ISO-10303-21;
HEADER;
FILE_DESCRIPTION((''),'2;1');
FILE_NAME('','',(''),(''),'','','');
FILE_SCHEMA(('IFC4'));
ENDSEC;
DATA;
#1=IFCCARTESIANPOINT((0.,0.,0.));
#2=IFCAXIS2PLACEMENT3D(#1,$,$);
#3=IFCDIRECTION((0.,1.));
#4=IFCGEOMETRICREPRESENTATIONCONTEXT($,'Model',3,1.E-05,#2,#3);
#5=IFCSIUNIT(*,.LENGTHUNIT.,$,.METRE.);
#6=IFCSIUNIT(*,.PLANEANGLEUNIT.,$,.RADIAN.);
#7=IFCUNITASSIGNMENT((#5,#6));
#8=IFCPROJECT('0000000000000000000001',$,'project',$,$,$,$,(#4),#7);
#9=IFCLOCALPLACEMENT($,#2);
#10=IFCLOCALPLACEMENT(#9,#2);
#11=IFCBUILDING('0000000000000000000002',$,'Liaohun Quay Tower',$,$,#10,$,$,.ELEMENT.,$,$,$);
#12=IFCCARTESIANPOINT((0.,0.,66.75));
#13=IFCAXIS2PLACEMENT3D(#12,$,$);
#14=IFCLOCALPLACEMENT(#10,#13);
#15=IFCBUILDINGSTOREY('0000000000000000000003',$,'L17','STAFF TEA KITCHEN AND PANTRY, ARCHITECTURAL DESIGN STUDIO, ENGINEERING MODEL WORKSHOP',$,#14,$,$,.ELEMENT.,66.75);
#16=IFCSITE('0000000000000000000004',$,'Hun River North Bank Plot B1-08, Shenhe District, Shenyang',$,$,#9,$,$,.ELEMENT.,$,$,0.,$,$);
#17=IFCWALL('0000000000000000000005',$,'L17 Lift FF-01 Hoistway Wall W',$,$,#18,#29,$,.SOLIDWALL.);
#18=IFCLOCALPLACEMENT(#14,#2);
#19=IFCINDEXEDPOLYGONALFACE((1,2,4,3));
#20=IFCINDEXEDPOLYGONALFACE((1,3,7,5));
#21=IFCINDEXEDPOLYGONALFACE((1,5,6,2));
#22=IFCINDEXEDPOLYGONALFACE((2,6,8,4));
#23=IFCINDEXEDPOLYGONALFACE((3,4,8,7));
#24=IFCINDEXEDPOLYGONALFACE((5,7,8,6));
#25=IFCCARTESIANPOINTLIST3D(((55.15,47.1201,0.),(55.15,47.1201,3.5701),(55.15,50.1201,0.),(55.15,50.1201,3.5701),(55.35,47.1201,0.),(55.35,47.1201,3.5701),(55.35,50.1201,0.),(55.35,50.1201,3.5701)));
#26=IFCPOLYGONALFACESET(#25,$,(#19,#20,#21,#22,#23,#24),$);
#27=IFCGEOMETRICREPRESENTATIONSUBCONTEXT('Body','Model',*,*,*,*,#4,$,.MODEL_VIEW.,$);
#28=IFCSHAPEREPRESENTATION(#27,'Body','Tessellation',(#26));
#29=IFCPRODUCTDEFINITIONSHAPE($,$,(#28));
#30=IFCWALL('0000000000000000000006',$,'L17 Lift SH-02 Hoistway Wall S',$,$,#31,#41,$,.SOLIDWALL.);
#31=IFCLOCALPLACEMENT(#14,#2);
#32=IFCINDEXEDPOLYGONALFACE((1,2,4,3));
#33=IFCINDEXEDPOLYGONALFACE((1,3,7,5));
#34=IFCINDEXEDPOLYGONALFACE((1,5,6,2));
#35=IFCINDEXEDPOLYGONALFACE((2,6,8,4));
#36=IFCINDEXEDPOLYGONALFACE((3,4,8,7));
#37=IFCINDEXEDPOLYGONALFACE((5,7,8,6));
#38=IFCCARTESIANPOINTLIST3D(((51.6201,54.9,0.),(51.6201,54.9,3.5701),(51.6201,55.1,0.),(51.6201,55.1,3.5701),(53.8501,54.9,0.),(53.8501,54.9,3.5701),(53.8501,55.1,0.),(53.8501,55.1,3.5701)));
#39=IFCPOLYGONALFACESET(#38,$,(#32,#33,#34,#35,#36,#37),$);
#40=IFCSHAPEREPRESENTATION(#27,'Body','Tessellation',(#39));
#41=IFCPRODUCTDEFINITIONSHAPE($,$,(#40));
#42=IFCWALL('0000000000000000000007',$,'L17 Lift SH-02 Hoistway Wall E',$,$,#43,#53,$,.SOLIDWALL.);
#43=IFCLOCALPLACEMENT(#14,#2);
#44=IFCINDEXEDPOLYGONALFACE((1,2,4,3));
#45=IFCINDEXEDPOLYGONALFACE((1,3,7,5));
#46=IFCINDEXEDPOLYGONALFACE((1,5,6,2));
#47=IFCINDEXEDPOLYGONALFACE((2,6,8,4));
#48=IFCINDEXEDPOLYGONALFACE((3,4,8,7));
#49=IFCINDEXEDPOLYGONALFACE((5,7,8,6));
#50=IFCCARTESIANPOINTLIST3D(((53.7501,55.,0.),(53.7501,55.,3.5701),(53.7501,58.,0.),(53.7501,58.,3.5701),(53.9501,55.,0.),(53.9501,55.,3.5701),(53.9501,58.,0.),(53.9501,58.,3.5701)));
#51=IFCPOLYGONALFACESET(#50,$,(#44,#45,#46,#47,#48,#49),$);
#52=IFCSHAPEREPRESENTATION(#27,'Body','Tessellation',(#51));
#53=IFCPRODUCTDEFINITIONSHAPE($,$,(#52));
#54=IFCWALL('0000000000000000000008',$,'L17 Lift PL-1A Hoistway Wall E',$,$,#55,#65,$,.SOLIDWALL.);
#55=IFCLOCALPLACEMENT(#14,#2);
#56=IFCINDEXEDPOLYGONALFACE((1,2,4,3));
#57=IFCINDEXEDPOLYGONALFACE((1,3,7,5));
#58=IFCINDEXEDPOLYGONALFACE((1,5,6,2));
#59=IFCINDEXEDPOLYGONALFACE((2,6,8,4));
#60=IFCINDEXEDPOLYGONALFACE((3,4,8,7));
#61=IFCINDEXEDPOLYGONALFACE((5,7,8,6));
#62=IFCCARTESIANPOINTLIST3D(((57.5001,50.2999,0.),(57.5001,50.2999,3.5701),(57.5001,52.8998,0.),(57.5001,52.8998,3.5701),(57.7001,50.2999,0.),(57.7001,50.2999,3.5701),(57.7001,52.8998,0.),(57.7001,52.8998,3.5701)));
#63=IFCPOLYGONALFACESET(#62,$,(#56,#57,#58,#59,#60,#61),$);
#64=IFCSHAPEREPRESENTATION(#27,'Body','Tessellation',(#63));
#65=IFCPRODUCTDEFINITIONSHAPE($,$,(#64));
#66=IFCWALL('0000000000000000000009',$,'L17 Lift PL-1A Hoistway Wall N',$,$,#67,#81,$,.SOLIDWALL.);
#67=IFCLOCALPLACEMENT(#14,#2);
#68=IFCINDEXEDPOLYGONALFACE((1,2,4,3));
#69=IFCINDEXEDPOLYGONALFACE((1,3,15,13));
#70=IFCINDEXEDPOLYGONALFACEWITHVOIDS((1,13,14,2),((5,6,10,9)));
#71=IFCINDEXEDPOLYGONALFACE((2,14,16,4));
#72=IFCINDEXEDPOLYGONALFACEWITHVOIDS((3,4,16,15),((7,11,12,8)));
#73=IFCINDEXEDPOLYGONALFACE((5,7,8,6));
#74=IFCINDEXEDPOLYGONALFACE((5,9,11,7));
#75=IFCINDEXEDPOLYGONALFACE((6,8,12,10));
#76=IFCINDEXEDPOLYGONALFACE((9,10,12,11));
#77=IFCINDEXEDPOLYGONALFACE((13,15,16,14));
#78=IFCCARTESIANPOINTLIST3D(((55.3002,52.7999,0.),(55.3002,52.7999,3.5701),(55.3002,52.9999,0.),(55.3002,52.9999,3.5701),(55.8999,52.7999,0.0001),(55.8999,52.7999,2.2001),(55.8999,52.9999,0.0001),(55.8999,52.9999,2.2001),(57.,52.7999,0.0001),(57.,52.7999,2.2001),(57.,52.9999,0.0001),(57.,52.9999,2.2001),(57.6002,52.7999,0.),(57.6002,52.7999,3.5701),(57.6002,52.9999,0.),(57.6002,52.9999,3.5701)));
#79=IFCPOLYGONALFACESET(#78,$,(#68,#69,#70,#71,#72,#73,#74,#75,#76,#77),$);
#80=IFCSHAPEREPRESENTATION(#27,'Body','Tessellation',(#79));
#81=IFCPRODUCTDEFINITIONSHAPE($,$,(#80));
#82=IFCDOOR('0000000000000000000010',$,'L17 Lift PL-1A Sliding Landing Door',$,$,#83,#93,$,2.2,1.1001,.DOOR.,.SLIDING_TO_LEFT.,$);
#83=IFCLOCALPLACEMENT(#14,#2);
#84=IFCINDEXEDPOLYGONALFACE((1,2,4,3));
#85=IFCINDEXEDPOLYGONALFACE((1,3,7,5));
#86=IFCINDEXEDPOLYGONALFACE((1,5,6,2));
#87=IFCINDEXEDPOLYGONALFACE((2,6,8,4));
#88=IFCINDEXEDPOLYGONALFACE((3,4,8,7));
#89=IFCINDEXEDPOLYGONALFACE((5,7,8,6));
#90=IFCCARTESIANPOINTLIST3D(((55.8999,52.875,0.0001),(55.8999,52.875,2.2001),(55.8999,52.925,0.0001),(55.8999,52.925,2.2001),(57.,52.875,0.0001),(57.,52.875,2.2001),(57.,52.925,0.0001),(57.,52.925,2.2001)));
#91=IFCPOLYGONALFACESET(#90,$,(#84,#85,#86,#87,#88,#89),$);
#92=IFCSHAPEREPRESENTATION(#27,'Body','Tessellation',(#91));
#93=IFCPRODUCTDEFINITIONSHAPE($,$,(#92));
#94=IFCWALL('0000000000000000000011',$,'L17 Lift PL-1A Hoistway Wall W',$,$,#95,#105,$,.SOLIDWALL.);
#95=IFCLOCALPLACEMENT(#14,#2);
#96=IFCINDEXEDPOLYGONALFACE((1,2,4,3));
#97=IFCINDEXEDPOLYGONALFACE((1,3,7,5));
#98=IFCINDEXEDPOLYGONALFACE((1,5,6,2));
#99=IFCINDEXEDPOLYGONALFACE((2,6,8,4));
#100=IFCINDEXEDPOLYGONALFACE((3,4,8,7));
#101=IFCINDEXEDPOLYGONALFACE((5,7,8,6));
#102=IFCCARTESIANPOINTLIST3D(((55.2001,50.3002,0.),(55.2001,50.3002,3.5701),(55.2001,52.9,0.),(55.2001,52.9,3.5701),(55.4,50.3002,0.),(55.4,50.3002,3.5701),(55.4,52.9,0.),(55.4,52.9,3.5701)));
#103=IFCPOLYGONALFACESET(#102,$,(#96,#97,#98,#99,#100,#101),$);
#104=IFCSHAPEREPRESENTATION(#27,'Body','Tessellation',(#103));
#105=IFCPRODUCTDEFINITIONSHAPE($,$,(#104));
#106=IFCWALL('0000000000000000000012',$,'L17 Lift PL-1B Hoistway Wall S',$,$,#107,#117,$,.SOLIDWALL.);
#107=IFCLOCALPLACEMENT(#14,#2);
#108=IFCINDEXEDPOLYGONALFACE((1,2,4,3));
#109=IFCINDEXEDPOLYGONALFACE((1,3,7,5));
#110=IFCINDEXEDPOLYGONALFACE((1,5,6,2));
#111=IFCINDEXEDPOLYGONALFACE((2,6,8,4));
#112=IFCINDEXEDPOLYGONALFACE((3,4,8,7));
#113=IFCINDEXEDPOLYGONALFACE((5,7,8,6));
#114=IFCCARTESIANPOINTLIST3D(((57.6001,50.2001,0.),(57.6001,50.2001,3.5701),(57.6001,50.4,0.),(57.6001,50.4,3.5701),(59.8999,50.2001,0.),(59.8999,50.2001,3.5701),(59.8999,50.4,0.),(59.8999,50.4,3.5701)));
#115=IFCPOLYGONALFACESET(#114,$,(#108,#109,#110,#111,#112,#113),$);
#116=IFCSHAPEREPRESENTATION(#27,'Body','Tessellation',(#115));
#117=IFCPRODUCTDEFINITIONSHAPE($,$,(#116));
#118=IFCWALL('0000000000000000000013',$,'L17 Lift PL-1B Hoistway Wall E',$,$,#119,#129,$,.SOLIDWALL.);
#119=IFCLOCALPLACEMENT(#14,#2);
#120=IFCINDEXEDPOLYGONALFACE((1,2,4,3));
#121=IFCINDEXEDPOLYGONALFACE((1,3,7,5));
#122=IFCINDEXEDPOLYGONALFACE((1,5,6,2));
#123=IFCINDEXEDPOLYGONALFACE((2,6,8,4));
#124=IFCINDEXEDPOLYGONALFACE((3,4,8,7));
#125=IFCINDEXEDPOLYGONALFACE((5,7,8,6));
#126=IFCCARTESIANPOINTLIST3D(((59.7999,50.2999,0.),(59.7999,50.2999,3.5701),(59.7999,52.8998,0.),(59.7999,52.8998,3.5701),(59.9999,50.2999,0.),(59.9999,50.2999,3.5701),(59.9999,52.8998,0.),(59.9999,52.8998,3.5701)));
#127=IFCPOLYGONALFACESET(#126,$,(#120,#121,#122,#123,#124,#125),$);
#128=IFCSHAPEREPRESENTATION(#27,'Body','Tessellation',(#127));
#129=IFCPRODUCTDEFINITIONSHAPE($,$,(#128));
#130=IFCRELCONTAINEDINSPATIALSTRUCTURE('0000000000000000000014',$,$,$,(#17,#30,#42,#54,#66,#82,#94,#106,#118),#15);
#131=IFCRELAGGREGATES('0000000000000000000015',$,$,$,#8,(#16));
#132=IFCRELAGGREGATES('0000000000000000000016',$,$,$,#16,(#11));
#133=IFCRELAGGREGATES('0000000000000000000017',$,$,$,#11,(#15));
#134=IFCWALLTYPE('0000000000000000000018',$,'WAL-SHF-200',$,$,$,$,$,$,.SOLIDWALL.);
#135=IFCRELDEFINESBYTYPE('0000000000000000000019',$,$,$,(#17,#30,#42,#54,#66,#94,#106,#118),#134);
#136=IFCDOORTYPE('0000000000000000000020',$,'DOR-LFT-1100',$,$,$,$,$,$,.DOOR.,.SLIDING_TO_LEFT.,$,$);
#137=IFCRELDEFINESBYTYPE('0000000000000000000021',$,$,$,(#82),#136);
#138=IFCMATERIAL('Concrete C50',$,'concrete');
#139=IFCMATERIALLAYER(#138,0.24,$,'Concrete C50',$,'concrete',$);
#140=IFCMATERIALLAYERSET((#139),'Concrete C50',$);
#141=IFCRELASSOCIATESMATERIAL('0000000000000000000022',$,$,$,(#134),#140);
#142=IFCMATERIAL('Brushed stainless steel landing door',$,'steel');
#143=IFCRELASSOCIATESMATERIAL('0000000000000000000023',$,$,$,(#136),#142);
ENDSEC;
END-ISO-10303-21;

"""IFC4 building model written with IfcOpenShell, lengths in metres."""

from ifc_helpers import new_model, si_unit, direction, frame, frame_2d, origin, place, context, subcontext, project, spatial, rectangle, extrude, source, transform, mapped, material, layer, layer_set, type_object, element, fill, save


model = new_model("IFC4")

# Units and contexts
model_context = context("Model", 3, precision=1e-05, world=origin(), true_north=direction((0.0, 1.0)))
body_context = subcontext(model_context, "Body", "Model", "MODEL_VIEW")
ifc_project = project(units=[si_unit("LENGTHUNIT", "METRE"), si_unit("PLANEANGLEUNIT", "RADIAN")], contexts=[model_context])

# Site, building, storey
site_placement = place(None, origin())
site = spatial("IfcSite", under=ifc_project, at=site_placement, Name="Hun River North Bank Plot B1-08, Shenhe District, Shenyang", CompositionType="ELEMENT", RefElevation=0.0)
building_placement = place(site_placement, origin())
building = spatial("IfcBuilding", under=site, at=building_placement, Name="Liaohun Quay Tower", CompositionType="ELEMENT")
storey_placement = place(building_placement, frame((0.0, 0.0, 66.75)))
storey = spatial("IfcBuildingStorey", under=building, at=storey_placement, Name="L17", Description="STAFF TEA KITCHEN AND PANTRY, ARCHITECTURAL DESIGN STUDIO, ENGINEERING MODEL WORKSHOP", CompositionType="ELEMENT", Elevation=66.75)

# Shared definitions
ifc_material_1 = material(Name="Concrete C50", Category="concrete")
ifc_layer_1 = layer(ifc_material_1, 0.24, Name="Concrete C50", Category="concrete")
ifc_layer_set_1 = layer_set([ifc_layer_1], Name="Concrete C50")
wall_type_1 = type_object("IfcWallType", Name="WAL-SHF-200", PredefinedType="SOLIDWALL", material=ifc_layer_set_1)

# Walls
wall_1_placement = place(storey_placement, frame((55.25, 50.1201, 0.0), z_axis=(0.0, 0.0, 1.0), x_axis=(0.0, -1.0, 0.0)))
element("IfcWall", 1, at=wall_1_placement, inside=storey, type_object=wall_type_1, Name="L17 Lift FF-01 Hoistway Wall W", PredefinedType="SOLIDWALL", context=body_context, shape_type="SweptSolid", body=[
    extrude(rectangle(XDim=3.0, YDim=0.2, at=frame_2d((1.5, 0.0))), origin(), (0.0, 0.0, 1.0), 3.5701),
])
wall_2_placement = place(storey_placement, frame((51.6201, 55.0, 0.0), z_axis=(0.0, 0.0, 1.0), x_axis=(1.0, 0.0, 0.0)))
element("IfcWall", 2, at=wall_2_placement, inside=storey, type_object=wall_type_1, Name="L17 Lift SH-02 Hoistway Wall S", PredefinedType="SOLIDWALL", context=body_context, shape_type="SweptSolid", body=[
    extrude(rectangle(XDim=2.23, YDim=0.2, at=frame_2d((1.115, 0.0))), origin(), (0.0, 0.0, 1.0), 3.5701),
])
wall_3_placement = place(storey_placement, frame((53.8501, 55.0, 0.0), z_axis=(0.0, 0.0, 1.0), x_axis=(0.0, 1.0, 0.0)))
element("IfcWall", 3, at=wall_3_placement, inside=storey, type_object=wall_type_1, Name="L17 Lift SH-02 Hoistway Wall E", PredefinedType="SOLIDWALL", context=body_context, shape_type="SweptSolid", body=[
    extrude(rectangle(XDim=3.0, YDim=0.2, at=frame_2d((1.5, 0.0))), origin(), (0.0, 0.0, 1.0), 3.5701),
])
wall_4_placement = place(storey_placement, frame((57.6001, 50.3, 0.0), z_axis=(0.0, 0.0, 1.0), x_axis=(0.0, 1.0, 0.0)))
element("IfcWall", 4, at=wall_4_placement, inside=storey, type_object=wall_type_1, Name="L17 Lift PL-1A Hoistway Wall E", PredefinedType="SOLIDWALL", context=body_context, shape_type="SweptSolid", body=[
    extrude(rectangle(XDim=2.5999, YDim=0.2, at=frame_2d((1.2998, 0.0))), origin(), (0.0, 0.0, 1.0), 3.5701),
])

# Wall, opening, door
wall_5_placement = place(storey_placement, frame((57.6001, 52.8999, 0.0), z_axis=(0.0, 0.0, 1.0), x_axis=(-1.0, 0.0, 0.0)))
wall_5 = element("IfcWall", 5, at=wall_5_placement, inside=storey, type_object=wall_type_1, Name="L17 Lift PL-1A Hoistway Wall N", PredefinedType="SOLIDWALL", context=body_context, shape_type="SweptSolid", body=[
    extrude(rectangle(XDim=2.3, YDim=0.2, at=frame_2d((1.1499, 0.0))), origin(), (0.0, 0.0, 1.0), 3.5701),
])
shared_shape_1 = source(origin(), body_context, "Body", "SweptSolid", [
    extrude(rectangle(XDim=1.1001, YDim=2.2, at=frame_2d((0.55, 1.1001))), frame((0.0, 0.1099, 0.0), z_axis=(0.0, -1.0, 0.0), x_axis=(1.0, 0.0, 0.0)), (0.0, 0.0, 1.0), 0.22),
])
opening_1_placement = place(wall_5_placement, frame((0.6001, 0.0, 0.0)))
opening_1 = element("IfcOpeningElement", 6, at=opening_1_placement, cuts=wall_5, PredefinedType="OPENING", context=body_context, shape_type="MappedRepresentation", body=[
    mapped(shared_shape_1, transform((0.0, 0.0, 0.0), x_axis=(1.0, 0.0, 0.0), y_axis=(0.0, 1.0, 0.0), z_axis=(0.0, 0.0, 1.0), scale=1.0)),
])
ifc_material_2 = material(Name="Brushed stainless steel landing door", Category="steel")
door_type_1 = type_object("IfcDoorType", Name="DOR-LFT-1100", OperationType="SLIDING_TO_LEFT", PredefinedType="DOOR", material=ifc_material_2)
shared_shape_2 = source(origin(), body_context, "Body", "SweptSolid", [
    extrude(rectangle(XDim=1.1001, YDim=2.2, at=frame_2d((0.55, 1.1001))), frame((0.0, 0.0249, 0.0), z_axis=(0.0, -1.0, 0.0), x_axis=(1.0, 0.0, 0.0)), (0.0, 0.0, 1.0), 0.05),
])
door_1_placement = place(opening_1_placement, origin())
door_1 = element("IfcDoor", 7, at=door_1_placement, inside=storey, type_object=door_type_1, Name="L17 Lift PL-1A Sliding Landing Door", OperationType="SLIDING_TO_LEFT", OverallHeight=2.2, OverallWidth=1.1001, PredefinedType="DOOR", context=body_context, shape_type="MappedRepresentation", body=[
    mapped(shared_shape_2, transform((0.0, 0.0, 0.0), x_axis=(1.0, 0.0, 0.0), y_axis=(0.0, 1.0, 0.0), z_axis=(0.0, 0.0, 1.0), scale=1.0)),
])
fill(opening_1, door_1)

# Walls
wall_6_placement = place(storey_placement, frame((55.3, 52.8999, 0.0), z_axis=(0.0, 0.0, 1.0), x_axis=(0.0, -1.0, 0.0)))
element("IfcWall", 8, at=wall_6_placement, inside=storey, type_object=wall_type_1, Name="L17 Lift PL-1A Hoistway Wall W", PredefinedType="SOLIDWALL", context=body_context, shape_type="SweptSolid", body=[
    extrude(rectangle(XDim=2.5999, YDim=0.2, at=frame_2d((1.2998, 0.0))), origin(), (0.0, 0.0, 1.0), 3.5701),
])
wall_7_placement = place(storey_placement, frame((57.6001, 50.3, 0.0), z_axis=(0.0, 0.0, 1.0), x_axis=(1.0, 0.0, 0.0)))
element("IfcWall", 9, at=wall_7_placement, inside=storey, type_object=wall_type_1, Name="L17 Lift PL-1B Hoistway Wall S", PredefinedType="SOLIDWALL", context=body_context, shape_type="SweptSolid", body=[
    extrude(rectangle(XDim=2.2998, YDim=0.2, at=frame_2d((1.1499, 0.0))), origin(), (0.0, 0.0, 1.0), 3.5701),
])
wall_8_placement = place(storey_placement, frame((59.8999, 50.3, 0.0), z_axis=(0.0, 0.0, 1.0), x_axis=(0.0, 1.0, 0.0)))
element("IfcWall", 10, at=wall_8_placement, inside=storey, type_object=wall_type_1, Name="L17 Lift PL-1B Hoistway Wall E", PredefinedType="SOLIDWALL", context=body_context, shape_type="SweptSolid", body=[
    extrude(rectangle(XDim=2.5999, YDim=0.2, at=frame_2d((1.2998, 0.0))), origin(), (0.0, 0.0, 1.0), 3.5701),
])

save(model, "model.ifc")
